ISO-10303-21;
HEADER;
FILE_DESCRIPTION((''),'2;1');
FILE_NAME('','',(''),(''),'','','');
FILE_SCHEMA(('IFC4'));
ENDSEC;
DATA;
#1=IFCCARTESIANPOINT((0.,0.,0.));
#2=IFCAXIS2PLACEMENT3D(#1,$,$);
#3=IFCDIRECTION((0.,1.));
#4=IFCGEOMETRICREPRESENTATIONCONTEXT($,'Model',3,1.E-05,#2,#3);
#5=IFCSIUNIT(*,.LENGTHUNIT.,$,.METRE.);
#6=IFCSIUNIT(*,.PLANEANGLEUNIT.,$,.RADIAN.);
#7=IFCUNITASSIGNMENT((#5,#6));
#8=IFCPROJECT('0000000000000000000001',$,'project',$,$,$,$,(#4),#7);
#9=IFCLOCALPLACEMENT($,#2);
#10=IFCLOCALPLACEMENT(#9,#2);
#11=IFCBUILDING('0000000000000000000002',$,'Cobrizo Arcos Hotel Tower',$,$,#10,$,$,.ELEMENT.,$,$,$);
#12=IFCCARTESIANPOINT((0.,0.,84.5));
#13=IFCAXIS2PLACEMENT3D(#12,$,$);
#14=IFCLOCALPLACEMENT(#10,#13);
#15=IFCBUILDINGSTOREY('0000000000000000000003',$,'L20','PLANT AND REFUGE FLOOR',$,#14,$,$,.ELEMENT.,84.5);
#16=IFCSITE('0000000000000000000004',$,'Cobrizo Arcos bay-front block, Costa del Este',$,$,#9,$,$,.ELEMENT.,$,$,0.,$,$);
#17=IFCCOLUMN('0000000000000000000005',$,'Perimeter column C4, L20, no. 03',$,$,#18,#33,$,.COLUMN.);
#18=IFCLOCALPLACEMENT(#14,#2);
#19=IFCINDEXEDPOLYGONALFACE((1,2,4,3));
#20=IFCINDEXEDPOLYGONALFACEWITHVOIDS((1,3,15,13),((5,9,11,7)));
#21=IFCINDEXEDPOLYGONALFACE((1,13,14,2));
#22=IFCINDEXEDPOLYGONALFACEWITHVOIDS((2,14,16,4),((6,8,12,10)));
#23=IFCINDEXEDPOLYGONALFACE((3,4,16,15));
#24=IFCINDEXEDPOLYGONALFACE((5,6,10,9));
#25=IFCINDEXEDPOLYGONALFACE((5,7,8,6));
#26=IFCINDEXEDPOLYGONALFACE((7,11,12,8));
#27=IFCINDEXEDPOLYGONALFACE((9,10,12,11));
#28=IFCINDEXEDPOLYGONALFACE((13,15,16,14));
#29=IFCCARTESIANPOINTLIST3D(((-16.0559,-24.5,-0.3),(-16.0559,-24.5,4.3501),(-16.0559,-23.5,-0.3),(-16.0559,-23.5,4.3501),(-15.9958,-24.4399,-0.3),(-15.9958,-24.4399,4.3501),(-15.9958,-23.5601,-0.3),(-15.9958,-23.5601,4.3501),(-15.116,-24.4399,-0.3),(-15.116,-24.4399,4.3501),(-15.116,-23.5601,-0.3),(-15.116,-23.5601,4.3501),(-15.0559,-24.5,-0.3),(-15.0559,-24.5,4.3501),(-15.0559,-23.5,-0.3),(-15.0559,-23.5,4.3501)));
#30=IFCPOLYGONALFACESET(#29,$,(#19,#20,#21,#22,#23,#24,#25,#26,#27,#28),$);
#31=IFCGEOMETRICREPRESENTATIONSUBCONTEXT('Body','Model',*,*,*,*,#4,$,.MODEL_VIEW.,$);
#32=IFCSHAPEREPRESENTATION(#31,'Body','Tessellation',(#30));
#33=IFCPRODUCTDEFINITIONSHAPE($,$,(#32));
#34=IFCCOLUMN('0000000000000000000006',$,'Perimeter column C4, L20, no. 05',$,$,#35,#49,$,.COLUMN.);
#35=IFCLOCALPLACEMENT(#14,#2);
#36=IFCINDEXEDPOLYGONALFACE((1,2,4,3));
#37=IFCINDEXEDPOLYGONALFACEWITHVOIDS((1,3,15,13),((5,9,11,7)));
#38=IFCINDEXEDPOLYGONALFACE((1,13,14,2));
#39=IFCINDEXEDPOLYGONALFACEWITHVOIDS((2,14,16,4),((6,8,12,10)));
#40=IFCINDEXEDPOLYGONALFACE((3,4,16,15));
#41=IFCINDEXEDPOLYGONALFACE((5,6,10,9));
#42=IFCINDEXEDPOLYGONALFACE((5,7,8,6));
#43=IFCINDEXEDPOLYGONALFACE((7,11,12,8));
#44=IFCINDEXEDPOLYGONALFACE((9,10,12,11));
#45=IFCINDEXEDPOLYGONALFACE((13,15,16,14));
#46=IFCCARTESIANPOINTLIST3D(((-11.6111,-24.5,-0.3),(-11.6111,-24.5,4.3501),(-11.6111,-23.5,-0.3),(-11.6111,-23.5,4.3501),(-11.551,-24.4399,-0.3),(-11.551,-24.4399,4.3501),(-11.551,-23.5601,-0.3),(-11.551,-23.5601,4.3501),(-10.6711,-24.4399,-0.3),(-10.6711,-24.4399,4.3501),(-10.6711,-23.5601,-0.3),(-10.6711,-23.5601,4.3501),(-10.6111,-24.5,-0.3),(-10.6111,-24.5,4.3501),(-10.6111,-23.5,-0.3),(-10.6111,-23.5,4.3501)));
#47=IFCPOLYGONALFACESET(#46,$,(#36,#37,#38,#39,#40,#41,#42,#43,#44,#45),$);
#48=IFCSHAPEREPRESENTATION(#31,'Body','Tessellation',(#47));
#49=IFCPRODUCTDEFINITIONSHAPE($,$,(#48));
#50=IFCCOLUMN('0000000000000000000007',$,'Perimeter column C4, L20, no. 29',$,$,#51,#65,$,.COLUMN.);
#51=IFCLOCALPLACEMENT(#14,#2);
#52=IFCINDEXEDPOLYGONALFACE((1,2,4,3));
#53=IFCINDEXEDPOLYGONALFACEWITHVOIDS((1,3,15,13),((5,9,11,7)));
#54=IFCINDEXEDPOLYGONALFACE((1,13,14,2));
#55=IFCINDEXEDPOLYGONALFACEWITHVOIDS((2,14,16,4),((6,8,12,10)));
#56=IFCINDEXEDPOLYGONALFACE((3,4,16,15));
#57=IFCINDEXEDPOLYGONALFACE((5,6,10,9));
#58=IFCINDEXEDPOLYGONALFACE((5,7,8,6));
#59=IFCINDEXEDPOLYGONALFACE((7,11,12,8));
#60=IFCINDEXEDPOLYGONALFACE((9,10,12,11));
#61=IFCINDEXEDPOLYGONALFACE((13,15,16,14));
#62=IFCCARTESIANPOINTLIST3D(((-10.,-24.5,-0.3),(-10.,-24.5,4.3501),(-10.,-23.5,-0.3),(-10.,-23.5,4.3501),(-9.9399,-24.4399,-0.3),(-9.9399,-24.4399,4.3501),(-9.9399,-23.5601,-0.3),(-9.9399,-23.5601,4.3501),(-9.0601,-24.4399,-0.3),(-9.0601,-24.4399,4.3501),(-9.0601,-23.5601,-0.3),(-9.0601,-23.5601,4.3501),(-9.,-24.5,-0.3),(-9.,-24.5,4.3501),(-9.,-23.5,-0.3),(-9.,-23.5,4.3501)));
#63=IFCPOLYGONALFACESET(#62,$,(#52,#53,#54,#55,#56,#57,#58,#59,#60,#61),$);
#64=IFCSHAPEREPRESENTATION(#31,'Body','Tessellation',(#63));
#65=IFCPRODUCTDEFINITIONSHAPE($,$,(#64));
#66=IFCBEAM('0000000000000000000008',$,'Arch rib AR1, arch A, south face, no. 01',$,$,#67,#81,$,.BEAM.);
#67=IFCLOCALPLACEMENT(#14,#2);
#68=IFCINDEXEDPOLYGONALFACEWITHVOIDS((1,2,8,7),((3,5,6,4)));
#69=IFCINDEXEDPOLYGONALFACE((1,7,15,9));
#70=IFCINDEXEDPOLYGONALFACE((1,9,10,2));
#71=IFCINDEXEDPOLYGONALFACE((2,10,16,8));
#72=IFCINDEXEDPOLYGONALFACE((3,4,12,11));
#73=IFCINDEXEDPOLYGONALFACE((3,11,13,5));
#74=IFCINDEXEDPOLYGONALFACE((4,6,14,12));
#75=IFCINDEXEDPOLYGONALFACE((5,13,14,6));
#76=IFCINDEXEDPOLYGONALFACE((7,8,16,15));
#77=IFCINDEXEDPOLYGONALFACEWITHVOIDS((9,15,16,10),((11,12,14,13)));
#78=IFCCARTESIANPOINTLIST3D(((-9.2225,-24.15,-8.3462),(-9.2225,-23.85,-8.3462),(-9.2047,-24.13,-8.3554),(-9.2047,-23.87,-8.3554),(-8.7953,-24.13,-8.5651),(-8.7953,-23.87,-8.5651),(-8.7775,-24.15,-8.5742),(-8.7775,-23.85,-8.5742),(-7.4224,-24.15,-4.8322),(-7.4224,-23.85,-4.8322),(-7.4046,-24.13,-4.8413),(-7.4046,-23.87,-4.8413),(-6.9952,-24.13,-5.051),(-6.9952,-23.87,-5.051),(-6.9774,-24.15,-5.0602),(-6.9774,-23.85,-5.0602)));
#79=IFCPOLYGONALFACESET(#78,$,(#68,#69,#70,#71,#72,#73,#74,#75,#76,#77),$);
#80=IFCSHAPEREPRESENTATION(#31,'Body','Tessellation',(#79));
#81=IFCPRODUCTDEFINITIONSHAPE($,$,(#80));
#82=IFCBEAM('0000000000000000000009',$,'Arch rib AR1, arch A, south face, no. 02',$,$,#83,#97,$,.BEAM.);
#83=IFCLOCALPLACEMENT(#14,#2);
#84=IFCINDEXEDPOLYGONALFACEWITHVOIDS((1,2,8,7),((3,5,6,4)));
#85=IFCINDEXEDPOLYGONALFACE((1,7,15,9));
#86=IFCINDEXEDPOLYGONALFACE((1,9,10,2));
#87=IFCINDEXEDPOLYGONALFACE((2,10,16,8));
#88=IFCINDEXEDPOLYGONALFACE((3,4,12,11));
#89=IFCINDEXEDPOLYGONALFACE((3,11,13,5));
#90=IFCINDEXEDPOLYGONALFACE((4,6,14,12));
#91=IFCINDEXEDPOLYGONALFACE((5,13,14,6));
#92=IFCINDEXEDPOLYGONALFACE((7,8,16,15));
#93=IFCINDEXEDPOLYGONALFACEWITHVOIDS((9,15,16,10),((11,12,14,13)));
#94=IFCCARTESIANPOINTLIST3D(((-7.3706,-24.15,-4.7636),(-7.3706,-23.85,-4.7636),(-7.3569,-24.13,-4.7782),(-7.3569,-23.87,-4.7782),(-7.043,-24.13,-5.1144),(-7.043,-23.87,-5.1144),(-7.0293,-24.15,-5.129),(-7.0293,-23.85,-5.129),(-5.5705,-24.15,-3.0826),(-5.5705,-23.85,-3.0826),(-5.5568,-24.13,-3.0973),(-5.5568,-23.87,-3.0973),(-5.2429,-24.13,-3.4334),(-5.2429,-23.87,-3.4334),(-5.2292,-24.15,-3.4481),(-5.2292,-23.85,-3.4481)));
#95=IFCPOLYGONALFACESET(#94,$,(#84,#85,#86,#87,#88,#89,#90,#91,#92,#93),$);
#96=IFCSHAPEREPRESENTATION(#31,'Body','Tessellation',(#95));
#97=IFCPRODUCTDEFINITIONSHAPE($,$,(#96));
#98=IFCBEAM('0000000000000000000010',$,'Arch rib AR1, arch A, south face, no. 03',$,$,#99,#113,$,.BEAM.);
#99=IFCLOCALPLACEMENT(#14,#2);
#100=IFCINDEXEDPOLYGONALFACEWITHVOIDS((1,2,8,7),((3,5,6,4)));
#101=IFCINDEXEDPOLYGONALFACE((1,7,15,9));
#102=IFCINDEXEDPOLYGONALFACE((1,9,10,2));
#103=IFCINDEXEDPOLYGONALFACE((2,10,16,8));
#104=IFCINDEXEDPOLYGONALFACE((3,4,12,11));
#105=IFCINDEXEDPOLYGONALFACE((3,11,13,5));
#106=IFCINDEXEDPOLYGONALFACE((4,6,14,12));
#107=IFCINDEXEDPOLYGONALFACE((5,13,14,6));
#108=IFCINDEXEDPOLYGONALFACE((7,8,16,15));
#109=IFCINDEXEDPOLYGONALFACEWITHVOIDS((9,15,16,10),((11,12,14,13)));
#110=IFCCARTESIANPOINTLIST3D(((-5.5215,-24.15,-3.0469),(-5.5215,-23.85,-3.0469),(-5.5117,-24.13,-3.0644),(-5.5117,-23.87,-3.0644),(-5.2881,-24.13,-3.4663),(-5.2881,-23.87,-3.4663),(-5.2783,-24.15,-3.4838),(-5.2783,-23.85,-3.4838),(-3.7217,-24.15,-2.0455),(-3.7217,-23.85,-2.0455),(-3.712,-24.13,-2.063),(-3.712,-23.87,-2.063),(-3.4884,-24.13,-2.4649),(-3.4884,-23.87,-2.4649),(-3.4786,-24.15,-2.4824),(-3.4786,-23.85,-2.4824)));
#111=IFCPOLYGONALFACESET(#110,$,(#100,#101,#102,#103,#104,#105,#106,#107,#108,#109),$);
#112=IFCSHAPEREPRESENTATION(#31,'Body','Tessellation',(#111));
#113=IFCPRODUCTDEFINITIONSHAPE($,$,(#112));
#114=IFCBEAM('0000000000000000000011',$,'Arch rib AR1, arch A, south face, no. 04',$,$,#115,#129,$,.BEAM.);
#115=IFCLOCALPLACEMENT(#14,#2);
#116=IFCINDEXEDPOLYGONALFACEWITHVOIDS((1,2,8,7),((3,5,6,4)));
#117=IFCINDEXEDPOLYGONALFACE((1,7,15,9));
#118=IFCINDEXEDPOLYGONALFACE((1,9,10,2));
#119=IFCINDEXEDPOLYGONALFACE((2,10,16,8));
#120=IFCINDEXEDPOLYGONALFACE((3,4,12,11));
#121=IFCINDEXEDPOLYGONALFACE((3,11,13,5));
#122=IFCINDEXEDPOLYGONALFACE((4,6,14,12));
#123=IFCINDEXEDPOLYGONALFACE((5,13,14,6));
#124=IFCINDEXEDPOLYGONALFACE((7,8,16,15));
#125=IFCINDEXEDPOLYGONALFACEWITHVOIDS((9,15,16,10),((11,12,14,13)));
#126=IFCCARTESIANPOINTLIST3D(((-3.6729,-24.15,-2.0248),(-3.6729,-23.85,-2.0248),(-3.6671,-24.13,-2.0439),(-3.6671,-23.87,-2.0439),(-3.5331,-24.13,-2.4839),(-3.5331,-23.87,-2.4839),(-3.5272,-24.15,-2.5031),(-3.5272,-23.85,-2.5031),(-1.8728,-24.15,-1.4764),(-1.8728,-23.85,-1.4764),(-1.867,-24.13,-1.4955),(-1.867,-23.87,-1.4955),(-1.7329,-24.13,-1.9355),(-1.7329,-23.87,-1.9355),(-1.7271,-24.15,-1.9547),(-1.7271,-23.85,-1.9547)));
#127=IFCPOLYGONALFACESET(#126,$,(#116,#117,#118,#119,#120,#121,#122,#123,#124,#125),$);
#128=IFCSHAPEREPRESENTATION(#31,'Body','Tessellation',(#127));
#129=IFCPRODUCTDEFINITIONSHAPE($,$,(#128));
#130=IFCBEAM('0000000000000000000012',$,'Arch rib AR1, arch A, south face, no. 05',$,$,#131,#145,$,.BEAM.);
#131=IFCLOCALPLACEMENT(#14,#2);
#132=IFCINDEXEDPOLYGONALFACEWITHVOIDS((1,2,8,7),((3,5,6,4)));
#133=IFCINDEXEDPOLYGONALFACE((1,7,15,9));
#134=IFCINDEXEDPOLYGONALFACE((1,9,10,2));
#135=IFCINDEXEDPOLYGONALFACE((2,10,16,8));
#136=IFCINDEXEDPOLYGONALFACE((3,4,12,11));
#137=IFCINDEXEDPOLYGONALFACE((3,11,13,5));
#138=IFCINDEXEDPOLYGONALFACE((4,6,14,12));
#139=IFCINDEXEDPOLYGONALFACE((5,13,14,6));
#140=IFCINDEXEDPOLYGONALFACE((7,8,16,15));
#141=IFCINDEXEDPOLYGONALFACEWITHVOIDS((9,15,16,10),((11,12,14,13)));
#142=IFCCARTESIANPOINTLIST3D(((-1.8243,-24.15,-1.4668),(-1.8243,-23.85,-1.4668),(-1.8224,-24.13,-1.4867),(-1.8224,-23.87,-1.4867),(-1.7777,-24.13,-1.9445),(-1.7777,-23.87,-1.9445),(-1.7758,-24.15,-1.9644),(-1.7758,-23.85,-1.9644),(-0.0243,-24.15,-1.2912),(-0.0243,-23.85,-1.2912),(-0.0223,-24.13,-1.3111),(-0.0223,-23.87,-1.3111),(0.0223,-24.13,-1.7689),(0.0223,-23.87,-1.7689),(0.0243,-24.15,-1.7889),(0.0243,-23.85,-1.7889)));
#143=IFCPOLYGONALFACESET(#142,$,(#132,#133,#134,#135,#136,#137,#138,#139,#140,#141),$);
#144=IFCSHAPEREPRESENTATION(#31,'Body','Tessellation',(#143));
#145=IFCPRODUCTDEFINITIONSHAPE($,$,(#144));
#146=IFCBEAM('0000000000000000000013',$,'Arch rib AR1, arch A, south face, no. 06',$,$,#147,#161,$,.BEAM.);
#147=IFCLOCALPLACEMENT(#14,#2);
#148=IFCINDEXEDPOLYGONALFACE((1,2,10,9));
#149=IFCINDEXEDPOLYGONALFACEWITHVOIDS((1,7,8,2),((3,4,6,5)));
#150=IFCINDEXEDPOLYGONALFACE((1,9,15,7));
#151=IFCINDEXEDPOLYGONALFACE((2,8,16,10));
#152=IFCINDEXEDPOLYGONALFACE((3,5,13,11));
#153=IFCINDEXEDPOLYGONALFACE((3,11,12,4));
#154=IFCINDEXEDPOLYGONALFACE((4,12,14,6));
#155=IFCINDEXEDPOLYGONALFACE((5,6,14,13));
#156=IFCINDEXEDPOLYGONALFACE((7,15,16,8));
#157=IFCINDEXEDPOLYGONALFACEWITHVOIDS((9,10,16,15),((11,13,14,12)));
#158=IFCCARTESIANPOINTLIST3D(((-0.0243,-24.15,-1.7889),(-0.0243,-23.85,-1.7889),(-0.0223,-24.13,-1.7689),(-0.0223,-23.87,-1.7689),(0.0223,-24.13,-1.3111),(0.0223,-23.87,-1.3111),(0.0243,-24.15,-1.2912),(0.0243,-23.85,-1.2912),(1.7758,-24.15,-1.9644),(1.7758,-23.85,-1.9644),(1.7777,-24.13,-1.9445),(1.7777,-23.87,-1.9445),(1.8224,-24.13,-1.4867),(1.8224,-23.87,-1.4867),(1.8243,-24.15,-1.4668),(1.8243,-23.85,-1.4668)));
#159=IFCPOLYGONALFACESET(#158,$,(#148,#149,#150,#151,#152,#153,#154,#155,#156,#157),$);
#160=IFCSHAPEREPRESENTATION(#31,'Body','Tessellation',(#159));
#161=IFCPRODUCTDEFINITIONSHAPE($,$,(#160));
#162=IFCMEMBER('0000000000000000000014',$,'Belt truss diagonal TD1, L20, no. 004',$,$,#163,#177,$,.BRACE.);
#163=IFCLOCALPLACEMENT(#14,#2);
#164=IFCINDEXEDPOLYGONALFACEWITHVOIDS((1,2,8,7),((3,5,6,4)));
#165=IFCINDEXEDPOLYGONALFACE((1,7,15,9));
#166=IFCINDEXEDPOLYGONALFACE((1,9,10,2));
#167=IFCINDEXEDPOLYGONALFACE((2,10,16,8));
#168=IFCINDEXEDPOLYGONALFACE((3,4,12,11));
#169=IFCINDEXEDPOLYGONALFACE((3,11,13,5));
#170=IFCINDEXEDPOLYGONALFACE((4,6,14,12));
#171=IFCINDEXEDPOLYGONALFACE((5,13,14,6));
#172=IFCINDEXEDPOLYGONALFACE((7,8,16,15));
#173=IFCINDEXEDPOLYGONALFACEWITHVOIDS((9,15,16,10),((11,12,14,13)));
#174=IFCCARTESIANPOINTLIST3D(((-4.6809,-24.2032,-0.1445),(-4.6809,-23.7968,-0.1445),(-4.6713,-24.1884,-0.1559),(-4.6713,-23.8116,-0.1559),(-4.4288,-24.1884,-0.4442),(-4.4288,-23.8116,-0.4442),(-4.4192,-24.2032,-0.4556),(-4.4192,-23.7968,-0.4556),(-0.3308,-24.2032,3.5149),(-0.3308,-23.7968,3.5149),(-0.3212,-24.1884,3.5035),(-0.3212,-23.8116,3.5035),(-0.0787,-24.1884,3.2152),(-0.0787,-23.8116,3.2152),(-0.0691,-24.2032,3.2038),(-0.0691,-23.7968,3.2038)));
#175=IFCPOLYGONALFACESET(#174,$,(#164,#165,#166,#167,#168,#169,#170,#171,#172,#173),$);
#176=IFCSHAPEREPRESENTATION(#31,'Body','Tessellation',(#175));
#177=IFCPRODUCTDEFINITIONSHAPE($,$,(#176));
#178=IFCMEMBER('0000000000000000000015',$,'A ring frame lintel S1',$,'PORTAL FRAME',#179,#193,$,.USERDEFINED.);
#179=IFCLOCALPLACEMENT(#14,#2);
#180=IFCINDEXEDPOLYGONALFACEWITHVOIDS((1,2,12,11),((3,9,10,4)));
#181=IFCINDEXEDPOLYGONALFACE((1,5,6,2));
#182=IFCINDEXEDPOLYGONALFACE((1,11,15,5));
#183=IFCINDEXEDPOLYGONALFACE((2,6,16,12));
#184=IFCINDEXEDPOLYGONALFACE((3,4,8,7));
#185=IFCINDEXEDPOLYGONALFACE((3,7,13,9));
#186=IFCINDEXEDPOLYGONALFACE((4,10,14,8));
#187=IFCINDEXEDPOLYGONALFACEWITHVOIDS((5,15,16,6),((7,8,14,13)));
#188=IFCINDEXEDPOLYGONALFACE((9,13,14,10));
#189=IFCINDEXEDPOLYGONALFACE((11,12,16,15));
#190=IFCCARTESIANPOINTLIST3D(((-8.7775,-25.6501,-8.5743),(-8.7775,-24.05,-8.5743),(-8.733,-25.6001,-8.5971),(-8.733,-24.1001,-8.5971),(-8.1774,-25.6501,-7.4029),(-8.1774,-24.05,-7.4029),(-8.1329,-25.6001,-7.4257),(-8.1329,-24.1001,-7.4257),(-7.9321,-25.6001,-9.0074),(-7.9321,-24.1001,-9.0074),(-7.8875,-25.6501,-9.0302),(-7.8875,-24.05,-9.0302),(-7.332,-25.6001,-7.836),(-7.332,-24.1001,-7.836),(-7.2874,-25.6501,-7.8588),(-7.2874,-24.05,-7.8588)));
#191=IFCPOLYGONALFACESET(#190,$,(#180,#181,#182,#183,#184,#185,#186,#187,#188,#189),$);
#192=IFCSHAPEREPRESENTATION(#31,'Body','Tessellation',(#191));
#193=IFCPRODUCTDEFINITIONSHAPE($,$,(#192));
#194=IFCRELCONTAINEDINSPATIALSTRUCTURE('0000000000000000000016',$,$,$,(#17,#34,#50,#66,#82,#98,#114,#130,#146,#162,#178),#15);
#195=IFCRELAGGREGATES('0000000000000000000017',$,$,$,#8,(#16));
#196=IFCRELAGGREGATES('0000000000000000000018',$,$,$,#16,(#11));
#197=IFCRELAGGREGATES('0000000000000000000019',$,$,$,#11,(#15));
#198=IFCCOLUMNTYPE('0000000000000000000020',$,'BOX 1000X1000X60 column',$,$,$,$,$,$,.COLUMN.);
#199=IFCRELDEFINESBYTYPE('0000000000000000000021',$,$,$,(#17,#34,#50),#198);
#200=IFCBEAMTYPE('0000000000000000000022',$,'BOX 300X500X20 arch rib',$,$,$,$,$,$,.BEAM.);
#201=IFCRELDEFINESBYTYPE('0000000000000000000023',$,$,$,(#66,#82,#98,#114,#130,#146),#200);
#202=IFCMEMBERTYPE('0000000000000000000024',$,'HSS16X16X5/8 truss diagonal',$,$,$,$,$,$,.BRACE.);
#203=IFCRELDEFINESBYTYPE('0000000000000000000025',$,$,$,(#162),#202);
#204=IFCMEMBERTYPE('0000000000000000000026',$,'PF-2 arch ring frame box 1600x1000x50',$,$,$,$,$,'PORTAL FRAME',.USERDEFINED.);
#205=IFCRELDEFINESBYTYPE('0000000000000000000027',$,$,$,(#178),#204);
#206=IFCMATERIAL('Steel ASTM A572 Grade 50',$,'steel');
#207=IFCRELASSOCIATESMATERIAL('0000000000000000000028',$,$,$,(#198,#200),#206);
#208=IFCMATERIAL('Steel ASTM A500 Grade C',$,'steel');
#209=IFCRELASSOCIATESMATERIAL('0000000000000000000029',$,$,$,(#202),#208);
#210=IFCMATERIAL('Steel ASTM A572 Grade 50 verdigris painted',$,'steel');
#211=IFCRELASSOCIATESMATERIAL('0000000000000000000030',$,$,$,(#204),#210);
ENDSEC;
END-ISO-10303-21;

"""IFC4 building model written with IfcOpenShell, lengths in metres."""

from ifc_helpers import new_model, si_unit, direction, frame, origin, origin_2d, place, context, subcontext, project, spatial, hollow_rectangle, extrude, material, material_profile, profile_set, type_object, element, save


model = new_model("IFC4")

# Units and contexts
model_context = context("Model", 3, precision=1e-05, world=origin(), true_north=direction((0.0, 1.0)))
body_context = subcontext(model_context, "Body", "Model", "MODEL_VIEW")
ifc_project = project(units=[si_unit("LENGTHUNIT", "METRE"), si_unit("PLANEANGLEUNIT", "RADIAN")], contexts=[model_context])

# Site, building, storey
site_placement = place(None, origin())
site = spatial("IfcSite", under=ifc_project, at=site_placement, Name="Cobrizo Arcos bay-front block, Costa del Este", CompositionType="ELEMENT", RefElevation=0.0)
building_placement = place(site_placement, origin())
building = spatial("IfcBuilding", under=site, at=building_placement, Name="Cobrizo Arcos Hotel Tower", CompositionType="ELEMENT")
storey_placement = place(building_placement, frame((0.0, 0.0, 84.5)))
storey = spatial("IfcBuildingStorey", under=building, at=storey_placement, Name="L20", Description="PLANT AND REFUGE FLOOR", CompositionType="ELEMENT", Elevation=84.5)

# Columns
ifc_material_1 = material(Name="Steel ASTM A572 Grade 50", Category="steel")
ifc_material_profile_1 = material_profile(ifc_material_1, hollow_rectangle(XDim=1.0, YDim=1.0, WallThickness=0.0601, at=origin_2d()), Name="BOX 1000X1000X60")
ifc_profile_set_1 = profile_set([ifc_material_profile_1], Name="Steel ASTM A572 Grade 50")
column_type = type_object("IfcColumnType", Name="BOX 1000X1000X60 column", PredefinedType="COLUMN", material=ifc_profile_set_1)
for number, where, z_axis, x_axis, name in (
    (1, (-15.5559, -24.0, -0.3), (0.0, 0.0, 1.0), (1.0, 0.0, 0.0), "Perimeter column C4, L20, no. 03"),
    (2, (-11.1111, -24.0, -0.3), (0.0, 0.0, 1.0), (1.0, 0.0, 0.0), "Perimeter column C4, L20, no. 05"),
    (3, (-9.5, -24.0, -0.3), (0.0, 0.0, 1.0), (1.0, 0.0, 0.0), "Perimeter column C4, L20, no. 29"),
):
    element("IfcColumn", number, at=place(storey_placement, frame(where, z_axis=z_axis, x_axis=x_axis)), inside=storey, type_object=column_type, Name=name, PredefinedType="COLUMN", context=body_context, shape_type="SweptSolid", body=[
        extrude(hollow_rectangle(XDim=1.0, YDim=1.0, WallThickness=0.0601, at=origin_2d()), origin(), (0.0, 0.0, 1.0), 4.6501),
    ])

# Beams
ifc_material_profile_2 = material_profile(ifc_material_1, hollow_rectangle(XDim=0.3, YDim=0.5, WallThickness=0.02, at=origin_2d()), Name="BOX 300X500X20")
ifc_profile_set_2 = profile_set([ifc_material_profile_2], Name="Steel ASTM A572 Grade 50")
beam_type = type_object("IfcBeamType", Name="BOX 300X500X20 arch rib", PredefinedType="BEAM", material=ifc_profile_set_2)
beam_1_placement = place(storey_placement, frame((-9.0, -24.0, -8.4602), z_axis=(0.455924, 0.0, 0.890019), x_axis=(0.0, 1.0, 0.0)))
element("IfcBeam", 4, at=beam_1_placement, inside=storey, type_object=beam_type, Name="Arch rib AR1, arch A, south face, no. 01", PredefinedType="BEAM", context=body_context, shape_type="SweptSolid", body=[
    extrude(hollow_rectangle(XDim=0.3, YDim=0.5, WallThickness=0.02, at=origin_2d()), origin(), (0.0, 0.0, 1.0), 3.9482),
])
beam_2_placement = place(storey_placement, frame((-7.2, -24.0, -4.9463), z_axis=(0.730881, 0.0, 0.682505), x_axis=(0.0, 1.0, 0.0)))
element("IfcBeam", 5, at=beam_2_placement, inside=storey, type_object=beam_type, Name="Arch rib AR1, arch A, south face, no. 02", PredefinedType="BEAM", context=body_context, shape_type="SweptSolid", body=[
    extrude(hollow_rectangle(XDim=0.3, YDim=0.5, WallThickness=0.02, at=origin_2d()), origin(), (0.0, 0.0, 1.0), 2.4629),
])
beam_3_placement = place(storey_placement, frame((-5.3999, -24.0, -3.2654), z_axis=(0.873833, 0.0, 0.486227), x_axis=(0.0, 1.0, 0.0)))
element("IfcBeam", 6, at=beam_3_placement, inside=storey, type_object=beam_type, Name="Arch rib AR1, arch A, south face, no. 03", PredefinedType="BEAM", context=body_context, shape_type="SweptSolid", body=[
    extrude(hollow_rectangle(XDim=0.3, YDim=0.5, WallThickness=0.02, at=origin_2d()), origin(), (0.0, 0.0, 1.0), 2.0596),
])
beam_4_placement = place(storey_placement, frame((-3.6001, -24.0, -2.2639), z_axis=(0.9566, 0.0, 0.291404), x_axis=(0.0, 1.0, 0.0)))
element("IfcBeam", 7, at=beam_4_placement, inside=storey, type_object=beam_type, Name="Arch rib AR1, arch A, south face, no. 04", PredefinedType="BEAM", context=body_context, shape_type="SweptSolid", body=[
    extrude(hollow_rectangle(XDim=0.3, YDim=0.5, WallThickness=0.02, at=origin_2d()), origin(), (0.0, 0.0, 1.0), 1.8818),
])
for number, where, z_axis, x_axis, name in (
    (8, (-1.8, -24.0, -1.7156), (0.995279, 0.0, 0.097058), (0.0, 1.0, 0.0), "Arch rib AR1, arch A, south face, no. 05"),
    (9, (0.0, -24.0, -1.54), (0.995279, 0.0, -0.097058), (0.0, 1.0, 0.0), "Arch rib AR1, arch A, south face, no. 06"),
):
    element("IfcBeam", number, at=place(storey_placement, frame(where, z_axis=z_axis, x_axis=x_axis)), inside=storey, type_object=beam_type, Name=name, PredefinedType="BEAM", context=body_context, shape_type="SweptSolid", body=[
        extrude(hollow_rectangle(XDim=0.3, YDim=0.5, WallThickness=0.02, at=origin_2d()), origin(), (0.0, 0.0, 1.0), 1.8086),
    ])

# Members
ifc_material_2 = material(Name="Steel ASTM A500 Grade C", Category="steel")
ifc_material_profile_3 = material_profile(ifc_material_2, hollow_rectangle(XDim=0.4065, YDim=0.4065, WallThickness=0.0149, at=origin_2d()), Name="HSS16X16X5/8")
ifc_profile_set_3 = profile_set([ifc_material_profile_3], Name="Steel ASTM A500 Grade C")
member_type_1 = type_object("IfcMemberType", Name="HSS16X16X5/8 truss diagonal", PredefinedType="BRACE", material=ifc_profile_set_3)
member_1_placement = place(storey_placement, frame((-4.55, -24.0, -0.3), z_axis=(0.765242, 0.0, 0.643743), x_axis=(0.0, 1.0, 0.0)))
element("IfcMember", 10, at=member_1_placement, inside=storey, type_object=member_type_1, Name="Belt truss diagonal TD1, L20, no. 004", PredefinedType="BRACE", context=body_context, shape_type="SweptSolid", body=[
    extrude(hollow_rectangle(XDim=0.4065, YDim=0.4065, WallThickness=0.0149, at=origin_2d()), origin(), (0.0, 0.0, 1.0), 5.6846),
])
ifc_material_3 = material(Name="Steel ASTM A572 Grade 50 verdigris painted", Category="steel")
ifc_material_profile_4 = material_profile(ifc_material_3, hollow_rectangle(XDim=1.6001, YDim=1.0, WallThickness=0.05, at=origin_2d()), Name="PF-2 arch ring frame box 1600x1000x50")
ifc_profile_set_4 = profile_set([ifc_material_profile_4], Name="Steel ASTM A572 Grade 50 verdigris painted")
member_type_2 = type_object("IfcMemberType", Name="PF-2 arch ring frame box 1600x1000x50", ElementType="PORTAL FRAME", PredefinedType="USERDEFINED", material=ifc_profile_set_4)
member_2_placement = place(storey_placement, frame((-8.3325, -24.8501, -8.8022), z_axis=(0.455948, 0.0, 0.890007), x_axis=(0.0, 1.0, 0.0)))
element("IfcMember", 11, at=member_2_placement, inside=storey, type_object=member_type_2, Name="A ring frame lintel S1", ObjectType="PORTAL FRAME", PredefinedType="USERDEFINED", context=body_context, shape_type="SweptSolid", body=[
    extrude(hollow_rectangle(XDim=1.6001, YDim=1.0, WallThickness=0.05, at=origin_2d()), origin(), (0.0, 0.0, 1.0), 1.3162),
])

save(model, "model.ifc")
